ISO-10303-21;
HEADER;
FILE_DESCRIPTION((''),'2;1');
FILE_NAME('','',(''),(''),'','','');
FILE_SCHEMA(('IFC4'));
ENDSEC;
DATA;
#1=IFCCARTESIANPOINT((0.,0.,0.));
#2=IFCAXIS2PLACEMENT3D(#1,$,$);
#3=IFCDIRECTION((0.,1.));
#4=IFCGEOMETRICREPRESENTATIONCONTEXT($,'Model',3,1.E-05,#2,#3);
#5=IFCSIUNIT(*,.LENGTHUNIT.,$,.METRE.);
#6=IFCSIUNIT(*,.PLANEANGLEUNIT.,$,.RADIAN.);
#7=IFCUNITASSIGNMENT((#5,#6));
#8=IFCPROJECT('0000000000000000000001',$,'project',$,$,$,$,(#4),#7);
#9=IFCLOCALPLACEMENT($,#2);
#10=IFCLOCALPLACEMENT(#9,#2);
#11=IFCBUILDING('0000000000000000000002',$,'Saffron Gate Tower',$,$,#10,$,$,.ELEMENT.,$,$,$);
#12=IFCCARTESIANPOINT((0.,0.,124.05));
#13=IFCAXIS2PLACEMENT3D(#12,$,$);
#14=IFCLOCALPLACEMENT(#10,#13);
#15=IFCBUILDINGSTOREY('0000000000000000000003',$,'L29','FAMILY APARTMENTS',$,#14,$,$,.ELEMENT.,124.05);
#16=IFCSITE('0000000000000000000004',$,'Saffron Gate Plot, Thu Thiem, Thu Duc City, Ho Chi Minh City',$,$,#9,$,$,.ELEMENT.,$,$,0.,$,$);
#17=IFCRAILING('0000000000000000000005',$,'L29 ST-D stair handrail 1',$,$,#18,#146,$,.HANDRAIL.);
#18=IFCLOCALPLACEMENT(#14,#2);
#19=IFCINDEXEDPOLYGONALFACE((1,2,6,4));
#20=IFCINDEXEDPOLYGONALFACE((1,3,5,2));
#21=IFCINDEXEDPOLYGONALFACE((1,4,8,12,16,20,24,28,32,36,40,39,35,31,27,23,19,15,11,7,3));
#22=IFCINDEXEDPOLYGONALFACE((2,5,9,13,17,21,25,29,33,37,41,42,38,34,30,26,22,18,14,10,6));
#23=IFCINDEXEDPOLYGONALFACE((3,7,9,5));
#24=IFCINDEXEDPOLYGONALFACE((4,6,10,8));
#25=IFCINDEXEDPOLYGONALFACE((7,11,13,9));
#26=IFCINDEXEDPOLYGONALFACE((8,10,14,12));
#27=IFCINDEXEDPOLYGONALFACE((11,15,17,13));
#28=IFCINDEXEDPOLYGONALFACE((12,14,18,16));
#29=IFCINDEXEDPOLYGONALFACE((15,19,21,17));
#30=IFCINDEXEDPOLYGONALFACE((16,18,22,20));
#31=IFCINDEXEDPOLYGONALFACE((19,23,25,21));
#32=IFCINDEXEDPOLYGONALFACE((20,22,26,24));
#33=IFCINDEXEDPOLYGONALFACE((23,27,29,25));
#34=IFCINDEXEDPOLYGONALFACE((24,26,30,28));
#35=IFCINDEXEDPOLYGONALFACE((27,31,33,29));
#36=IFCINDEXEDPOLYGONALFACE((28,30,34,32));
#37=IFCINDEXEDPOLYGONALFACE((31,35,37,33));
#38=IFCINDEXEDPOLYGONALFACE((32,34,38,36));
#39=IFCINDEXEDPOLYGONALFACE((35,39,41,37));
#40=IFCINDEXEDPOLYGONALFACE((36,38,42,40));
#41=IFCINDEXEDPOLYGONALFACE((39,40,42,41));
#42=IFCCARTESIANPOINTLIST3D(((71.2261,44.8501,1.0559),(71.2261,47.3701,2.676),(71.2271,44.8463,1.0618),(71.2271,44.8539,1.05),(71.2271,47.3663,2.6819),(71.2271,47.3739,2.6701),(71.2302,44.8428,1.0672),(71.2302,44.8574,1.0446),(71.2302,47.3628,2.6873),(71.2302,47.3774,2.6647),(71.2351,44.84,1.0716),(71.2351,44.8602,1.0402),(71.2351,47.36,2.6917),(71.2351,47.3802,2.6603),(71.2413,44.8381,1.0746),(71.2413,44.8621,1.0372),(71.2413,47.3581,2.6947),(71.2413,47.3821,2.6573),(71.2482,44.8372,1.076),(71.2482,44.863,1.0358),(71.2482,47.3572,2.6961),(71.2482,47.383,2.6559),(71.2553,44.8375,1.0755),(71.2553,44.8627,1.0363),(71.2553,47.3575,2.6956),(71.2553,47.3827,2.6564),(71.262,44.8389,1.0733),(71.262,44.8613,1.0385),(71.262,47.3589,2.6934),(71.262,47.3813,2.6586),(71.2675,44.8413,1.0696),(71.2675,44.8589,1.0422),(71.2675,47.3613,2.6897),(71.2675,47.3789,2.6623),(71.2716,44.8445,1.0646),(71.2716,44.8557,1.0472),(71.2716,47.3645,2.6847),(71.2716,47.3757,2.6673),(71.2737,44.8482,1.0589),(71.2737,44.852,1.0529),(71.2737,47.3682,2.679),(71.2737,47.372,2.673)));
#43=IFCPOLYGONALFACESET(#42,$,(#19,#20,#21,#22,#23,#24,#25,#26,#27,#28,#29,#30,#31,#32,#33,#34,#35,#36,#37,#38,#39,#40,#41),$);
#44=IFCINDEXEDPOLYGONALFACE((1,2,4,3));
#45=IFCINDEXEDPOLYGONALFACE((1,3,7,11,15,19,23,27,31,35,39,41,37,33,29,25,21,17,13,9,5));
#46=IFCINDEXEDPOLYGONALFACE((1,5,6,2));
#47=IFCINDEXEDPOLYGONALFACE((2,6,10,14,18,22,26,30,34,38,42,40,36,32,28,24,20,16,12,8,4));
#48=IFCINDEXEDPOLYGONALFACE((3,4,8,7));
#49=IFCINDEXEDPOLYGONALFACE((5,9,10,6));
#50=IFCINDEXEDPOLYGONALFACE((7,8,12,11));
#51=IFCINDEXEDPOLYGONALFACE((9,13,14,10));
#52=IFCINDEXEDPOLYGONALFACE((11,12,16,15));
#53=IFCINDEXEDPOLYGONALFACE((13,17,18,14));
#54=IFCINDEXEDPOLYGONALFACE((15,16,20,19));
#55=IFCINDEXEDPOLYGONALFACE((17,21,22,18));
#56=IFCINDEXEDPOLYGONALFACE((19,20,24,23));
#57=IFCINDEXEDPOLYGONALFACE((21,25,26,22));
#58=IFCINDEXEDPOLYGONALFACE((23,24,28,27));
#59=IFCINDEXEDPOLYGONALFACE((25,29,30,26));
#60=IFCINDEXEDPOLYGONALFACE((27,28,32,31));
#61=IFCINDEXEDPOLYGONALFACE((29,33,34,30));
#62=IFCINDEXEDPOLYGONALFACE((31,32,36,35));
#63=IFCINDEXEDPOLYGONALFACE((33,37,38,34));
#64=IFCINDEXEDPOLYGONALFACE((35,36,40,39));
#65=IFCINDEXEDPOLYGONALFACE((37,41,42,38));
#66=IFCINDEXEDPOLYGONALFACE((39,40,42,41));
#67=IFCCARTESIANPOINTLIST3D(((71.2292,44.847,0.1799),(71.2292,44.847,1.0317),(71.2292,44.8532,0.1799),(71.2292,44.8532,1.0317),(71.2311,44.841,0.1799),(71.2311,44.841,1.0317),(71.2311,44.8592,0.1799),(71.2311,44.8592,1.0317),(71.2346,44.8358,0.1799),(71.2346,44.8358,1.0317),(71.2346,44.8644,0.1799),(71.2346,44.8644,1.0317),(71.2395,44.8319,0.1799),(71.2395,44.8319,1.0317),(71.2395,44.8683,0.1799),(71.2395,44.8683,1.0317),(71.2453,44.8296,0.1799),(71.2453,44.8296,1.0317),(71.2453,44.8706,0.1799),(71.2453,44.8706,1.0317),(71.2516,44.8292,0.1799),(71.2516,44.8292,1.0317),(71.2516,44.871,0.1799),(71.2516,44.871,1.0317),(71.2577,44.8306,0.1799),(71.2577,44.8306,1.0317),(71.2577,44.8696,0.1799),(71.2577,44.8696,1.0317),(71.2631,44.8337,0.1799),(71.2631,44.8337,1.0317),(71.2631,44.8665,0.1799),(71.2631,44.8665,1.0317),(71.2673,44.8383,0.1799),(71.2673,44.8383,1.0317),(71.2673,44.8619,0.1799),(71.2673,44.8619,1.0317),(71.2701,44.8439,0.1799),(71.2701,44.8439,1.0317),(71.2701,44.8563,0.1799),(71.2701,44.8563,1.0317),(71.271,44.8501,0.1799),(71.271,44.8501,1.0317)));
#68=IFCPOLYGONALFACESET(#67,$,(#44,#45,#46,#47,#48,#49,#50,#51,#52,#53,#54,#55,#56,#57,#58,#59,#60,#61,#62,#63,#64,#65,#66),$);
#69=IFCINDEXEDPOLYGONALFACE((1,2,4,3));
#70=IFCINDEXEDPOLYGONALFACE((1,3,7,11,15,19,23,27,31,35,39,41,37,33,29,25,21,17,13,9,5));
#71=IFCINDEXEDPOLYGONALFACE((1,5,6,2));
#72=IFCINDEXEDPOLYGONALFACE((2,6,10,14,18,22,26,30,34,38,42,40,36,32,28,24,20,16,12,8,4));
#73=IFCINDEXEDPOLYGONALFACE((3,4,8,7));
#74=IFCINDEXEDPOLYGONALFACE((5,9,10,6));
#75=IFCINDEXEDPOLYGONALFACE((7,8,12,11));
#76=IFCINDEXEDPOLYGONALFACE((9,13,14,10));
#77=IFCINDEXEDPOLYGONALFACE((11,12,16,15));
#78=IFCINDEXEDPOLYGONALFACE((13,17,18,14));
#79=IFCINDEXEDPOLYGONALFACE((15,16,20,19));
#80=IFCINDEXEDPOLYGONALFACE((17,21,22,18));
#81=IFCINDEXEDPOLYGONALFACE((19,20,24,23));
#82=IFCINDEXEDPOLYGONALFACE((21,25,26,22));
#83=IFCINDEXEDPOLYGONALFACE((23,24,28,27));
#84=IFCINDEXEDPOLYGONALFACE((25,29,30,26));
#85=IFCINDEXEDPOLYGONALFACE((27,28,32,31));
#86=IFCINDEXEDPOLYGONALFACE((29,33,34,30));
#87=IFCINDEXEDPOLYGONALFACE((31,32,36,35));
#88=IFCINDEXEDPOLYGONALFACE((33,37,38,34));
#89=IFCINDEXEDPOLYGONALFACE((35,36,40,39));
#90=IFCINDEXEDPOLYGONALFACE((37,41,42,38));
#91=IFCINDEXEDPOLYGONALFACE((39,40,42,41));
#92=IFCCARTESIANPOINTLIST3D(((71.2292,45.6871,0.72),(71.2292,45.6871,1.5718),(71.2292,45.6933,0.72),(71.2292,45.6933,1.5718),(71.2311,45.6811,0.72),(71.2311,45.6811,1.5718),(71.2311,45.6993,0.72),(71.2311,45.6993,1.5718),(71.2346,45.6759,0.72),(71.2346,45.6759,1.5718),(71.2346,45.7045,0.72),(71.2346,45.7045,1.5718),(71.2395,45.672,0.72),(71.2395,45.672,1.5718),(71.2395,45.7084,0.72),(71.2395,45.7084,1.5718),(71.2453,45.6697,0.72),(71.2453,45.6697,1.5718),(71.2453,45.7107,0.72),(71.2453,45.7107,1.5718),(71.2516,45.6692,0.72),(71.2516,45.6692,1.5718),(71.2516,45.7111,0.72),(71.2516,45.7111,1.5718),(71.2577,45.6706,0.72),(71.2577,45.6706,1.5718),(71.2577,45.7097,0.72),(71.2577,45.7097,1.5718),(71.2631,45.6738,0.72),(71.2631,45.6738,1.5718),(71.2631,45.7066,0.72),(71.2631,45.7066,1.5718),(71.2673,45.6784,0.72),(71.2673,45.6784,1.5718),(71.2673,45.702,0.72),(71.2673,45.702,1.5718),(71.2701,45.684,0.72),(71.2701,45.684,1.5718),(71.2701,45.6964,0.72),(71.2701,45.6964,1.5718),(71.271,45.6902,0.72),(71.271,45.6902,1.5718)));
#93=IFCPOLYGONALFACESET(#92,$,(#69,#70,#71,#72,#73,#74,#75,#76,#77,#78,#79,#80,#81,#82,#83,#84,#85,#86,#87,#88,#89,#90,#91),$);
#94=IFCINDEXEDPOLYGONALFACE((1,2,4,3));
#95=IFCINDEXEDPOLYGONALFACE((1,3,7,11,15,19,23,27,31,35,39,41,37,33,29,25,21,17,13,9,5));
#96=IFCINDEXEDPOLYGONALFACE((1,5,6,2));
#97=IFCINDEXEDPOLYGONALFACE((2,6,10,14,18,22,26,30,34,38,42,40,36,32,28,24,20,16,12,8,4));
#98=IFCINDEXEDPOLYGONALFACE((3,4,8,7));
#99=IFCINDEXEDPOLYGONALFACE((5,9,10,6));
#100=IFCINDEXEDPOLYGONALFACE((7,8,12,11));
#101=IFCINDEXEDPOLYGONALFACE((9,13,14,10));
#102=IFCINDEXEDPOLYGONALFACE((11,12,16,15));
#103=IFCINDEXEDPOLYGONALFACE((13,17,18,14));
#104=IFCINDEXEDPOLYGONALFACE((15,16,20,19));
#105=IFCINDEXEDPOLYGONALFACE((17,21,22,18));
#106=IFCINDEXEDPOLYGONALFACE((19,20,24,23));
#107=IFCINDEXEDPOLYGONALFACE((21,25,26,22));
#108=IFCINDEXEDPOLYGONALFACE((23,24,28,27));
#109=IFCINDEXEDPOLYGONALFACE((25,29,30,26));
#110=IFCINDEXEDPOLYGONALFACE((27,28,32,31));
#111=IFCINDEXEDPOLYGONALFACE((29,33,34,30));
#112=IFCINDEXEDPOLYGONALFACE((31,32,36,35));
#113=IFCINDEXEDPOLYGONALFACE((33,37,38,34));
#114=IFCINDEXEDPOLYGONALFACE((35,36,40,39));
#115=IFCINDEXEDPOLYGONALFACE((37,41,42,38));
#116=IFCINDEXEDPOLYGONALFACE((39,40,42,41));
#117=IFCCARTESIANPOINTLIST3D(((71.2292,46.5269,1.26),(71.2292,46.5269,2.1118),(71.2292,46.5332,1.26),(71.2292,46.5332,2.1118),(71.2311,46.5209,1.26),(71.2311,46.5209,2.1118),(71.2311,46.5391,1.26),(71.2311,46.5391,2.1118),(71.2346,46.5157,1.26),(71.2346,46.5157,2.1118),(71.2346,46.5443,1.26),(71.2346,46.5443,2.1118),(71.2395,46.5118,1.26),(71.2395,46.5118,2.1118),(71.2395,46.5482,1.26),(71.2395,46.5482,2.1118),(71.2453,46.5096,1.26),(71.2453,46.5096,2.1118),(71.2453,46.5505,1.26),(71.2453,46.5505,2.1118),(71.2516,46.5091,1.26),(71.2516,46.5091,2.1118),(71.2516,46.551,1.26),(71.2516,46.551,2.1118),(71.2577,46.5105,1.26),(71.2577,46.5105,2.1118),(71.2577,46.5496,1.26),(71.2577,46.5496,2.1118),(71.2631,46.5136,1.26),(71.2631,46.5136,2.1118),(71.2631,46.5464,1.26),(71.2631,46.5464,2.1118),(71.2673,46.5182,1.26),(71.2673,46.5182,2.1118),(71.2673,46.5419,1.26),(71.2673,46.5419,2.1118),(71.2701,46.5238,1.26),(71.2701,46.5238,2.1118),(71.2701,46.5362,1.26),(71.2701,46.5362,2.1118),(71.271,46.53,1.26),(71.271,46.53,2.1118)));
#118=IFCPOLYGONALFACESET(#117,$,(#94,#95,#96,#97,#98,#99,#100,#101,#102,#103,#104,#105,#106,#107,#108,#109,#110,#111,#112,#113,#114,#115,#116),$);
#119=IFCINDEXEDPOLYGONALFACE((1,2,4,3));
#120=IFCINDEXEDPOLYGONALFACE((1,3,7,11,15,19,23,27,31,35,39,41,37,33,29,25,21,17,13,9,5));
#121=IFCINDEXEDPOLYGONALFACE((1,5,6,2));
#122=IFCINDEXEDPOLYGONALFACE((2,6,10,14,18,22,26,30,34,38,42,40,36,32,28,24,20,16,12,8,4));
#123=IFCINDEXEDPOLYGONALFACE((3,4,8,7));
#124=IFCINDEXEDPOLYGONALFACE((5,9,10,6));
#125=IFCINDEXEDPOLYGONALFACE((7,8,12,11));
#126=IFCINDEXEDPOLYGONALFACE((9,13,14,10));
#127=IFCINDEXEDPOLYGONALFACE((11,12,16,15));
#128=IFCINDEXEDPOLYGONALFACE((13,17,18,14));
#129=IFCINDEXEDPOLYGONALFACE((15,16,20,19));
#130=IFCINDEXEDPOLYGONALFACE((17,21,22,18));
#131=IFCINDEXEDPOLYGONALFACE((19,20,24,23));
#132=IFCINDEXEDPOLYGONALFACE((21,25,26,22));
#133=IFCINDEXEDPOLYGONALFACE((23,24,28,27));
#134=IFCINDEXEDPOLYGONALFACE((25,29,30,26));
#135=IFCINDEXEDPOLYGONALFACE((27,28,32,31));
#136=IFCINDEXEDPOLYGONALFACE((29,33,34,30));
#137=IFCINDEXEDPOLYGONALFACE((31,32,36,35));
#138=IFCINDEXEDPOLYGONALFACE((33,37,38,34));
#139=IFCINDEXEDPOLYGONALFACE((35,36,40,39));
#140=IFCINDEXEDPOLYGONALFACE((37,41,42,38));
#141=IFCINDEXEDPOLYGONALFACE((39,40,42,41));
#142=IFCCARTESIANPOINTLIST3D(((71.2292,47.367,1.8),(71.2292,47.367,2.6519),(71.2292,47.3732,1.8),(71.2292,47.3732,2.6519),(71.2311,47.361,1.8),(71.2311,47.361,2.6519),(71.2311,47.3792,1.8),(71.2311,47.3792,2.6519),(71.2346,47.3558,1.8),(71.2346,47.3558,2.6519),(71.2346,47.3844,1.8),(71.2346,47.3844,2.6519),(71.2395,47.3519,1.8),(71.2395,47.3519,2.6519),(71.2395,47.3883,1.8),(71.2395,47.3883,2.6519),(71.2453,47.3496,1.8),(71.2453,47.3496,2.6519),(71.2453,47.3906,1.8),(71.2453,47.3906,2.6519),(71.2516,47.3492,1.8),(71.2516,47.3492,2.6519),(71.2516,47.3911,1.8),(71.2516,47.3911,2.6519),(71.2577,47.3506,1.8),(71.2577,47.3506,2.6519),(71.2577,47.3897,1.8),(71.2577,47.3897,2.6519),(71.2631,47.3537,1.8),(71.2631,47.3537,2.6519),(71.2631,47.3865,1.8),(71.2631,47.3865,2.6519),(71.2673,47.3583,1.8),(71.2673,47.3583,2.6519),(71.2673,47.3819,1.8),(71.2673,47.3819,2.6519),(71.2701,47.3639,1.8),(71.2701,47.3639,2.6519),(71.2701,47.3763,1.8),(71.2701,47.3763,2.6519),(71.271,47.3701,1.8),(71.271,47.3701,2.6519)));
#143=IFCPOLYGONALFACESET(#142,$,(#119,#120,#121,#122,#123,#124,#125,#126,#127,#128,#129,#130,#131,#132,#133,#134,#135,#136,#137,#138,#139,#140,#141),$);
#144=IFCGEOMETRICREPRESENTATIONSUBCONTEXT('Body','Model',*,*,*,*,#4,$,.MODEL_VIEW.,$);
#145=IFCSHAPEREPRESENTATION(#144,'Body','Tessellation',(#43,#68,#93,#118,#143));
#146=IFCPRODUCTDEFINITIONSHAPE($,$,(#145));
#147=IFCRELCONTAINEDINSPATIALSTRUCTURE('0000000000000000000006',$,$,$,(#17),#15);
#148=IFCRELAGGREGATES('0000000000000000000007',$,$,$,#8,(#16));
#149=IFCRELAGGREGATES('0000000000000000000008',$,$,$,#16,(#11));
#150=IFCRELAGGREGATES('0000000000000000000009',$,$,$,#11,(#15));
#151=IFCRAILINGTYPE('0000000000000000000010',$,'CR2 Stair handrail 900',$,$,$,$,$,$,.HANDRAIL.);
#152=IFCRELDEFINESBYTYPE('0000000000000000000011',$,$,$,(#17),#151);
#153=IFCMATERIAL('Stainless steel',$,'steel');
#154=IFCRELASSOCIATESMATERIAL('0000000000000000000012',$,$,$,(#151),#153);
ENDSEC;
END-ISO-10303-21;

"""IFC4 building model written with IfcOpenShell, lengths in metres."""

from ifc_helpers import new_model, si_unit, direction, frame, origin, origin_2d, place, context, subcontext, project, spatial, circle, extrude, material, type_object, element, save


model = new_model("IFC4")

# Units and contexts
model_context = context("Model", 3, precision=1e-05, world=origin(), true_north=direction((0.0, 1.0)))
body_context = subcontext(model_context, "Body", "Model", "MODEL_VIEW")
ifc_project = project(units=[si_unit("LENGTHUNIT", "METRE"), si_unit("PLANEANGLEUNIT", "RADIAN")], contexts=[model_context])

# Site, building, storey
site_placement = place(None, origin())
site = spatial("IfcSite", under=ifc_project, at=site_placement, Name="Saffron Gate Plot, Thu Thiem, Thu Duc City, Ho Chi Minh City", CompositionType="ELEMENT", RefElevation=0.0)
building_placement = place(site_placement, origin())
building = spatial("IfcBuilding", under=site, at=building_placement, Name="Saffron Gate Tower", CompositionType="ELEMENT")
storey_placement = place(building_placement, frame((0.0, 0.0, 124.05)))
storey = spatial("IfcBuildingStorey", under=building, at=storey_placement, Name="L29", Description="FAMILY APARTMENTS", CompositionType="ELEMENT", Elevation=124.05)

# Railing
ifc_material_1 = material(Name="Stainless steel", Category="steel")
railing_type_1 = type_object("IfcRailingType", Name="CR2 Stair handrail 900", PredefinedType="HANDRAIL", material=ifc_material_1)
railing_1_placement = place(storey_placement, frame((71.25, 44.8501, 0.1799)))
element("IfcRailing", 1, at=railing_1_placement, inside=storey, type_object=railing_type_1, Name="L29 ST-D stair handrail 1", PredefinedType="HANDRAIL", context=body_context, shape_type="SweptSolid", body=[
    extrude(circle(Radius=0.0239, at=origin_2d()), frame((0.0, 0.0, 0.876), z_axis=(0.0, 0.841163, 0.540782), x_axis=(-1.0, 0.0, 0.0)), (0.0, 0.0, 1.0), 2.9958),
    extrude(circle(Radius=0.021, at=origin_2d()), origin(), (0.0, 0.0, 1.0), 0.8518),
    extrude(circle(Radius=0.021, at=origin_2d()), frame((0.0, 0.8401, 0.54)), (0.0, 0.0, 1.0), 0.8518),
    extrude(circle(Radius=0.021, at=origin_2d()), frame((0.0, 1.6799, 1.0801)), (0.0, 0.0, 1.0), 0.8518),
    extrude(circle(Radius=0.021, at=origin_2d()), frame((0.0, 2.52, 1.6201)), (0.0, 0.0, 1.0), 0.8518),
])

save(model, "model.ifc")
